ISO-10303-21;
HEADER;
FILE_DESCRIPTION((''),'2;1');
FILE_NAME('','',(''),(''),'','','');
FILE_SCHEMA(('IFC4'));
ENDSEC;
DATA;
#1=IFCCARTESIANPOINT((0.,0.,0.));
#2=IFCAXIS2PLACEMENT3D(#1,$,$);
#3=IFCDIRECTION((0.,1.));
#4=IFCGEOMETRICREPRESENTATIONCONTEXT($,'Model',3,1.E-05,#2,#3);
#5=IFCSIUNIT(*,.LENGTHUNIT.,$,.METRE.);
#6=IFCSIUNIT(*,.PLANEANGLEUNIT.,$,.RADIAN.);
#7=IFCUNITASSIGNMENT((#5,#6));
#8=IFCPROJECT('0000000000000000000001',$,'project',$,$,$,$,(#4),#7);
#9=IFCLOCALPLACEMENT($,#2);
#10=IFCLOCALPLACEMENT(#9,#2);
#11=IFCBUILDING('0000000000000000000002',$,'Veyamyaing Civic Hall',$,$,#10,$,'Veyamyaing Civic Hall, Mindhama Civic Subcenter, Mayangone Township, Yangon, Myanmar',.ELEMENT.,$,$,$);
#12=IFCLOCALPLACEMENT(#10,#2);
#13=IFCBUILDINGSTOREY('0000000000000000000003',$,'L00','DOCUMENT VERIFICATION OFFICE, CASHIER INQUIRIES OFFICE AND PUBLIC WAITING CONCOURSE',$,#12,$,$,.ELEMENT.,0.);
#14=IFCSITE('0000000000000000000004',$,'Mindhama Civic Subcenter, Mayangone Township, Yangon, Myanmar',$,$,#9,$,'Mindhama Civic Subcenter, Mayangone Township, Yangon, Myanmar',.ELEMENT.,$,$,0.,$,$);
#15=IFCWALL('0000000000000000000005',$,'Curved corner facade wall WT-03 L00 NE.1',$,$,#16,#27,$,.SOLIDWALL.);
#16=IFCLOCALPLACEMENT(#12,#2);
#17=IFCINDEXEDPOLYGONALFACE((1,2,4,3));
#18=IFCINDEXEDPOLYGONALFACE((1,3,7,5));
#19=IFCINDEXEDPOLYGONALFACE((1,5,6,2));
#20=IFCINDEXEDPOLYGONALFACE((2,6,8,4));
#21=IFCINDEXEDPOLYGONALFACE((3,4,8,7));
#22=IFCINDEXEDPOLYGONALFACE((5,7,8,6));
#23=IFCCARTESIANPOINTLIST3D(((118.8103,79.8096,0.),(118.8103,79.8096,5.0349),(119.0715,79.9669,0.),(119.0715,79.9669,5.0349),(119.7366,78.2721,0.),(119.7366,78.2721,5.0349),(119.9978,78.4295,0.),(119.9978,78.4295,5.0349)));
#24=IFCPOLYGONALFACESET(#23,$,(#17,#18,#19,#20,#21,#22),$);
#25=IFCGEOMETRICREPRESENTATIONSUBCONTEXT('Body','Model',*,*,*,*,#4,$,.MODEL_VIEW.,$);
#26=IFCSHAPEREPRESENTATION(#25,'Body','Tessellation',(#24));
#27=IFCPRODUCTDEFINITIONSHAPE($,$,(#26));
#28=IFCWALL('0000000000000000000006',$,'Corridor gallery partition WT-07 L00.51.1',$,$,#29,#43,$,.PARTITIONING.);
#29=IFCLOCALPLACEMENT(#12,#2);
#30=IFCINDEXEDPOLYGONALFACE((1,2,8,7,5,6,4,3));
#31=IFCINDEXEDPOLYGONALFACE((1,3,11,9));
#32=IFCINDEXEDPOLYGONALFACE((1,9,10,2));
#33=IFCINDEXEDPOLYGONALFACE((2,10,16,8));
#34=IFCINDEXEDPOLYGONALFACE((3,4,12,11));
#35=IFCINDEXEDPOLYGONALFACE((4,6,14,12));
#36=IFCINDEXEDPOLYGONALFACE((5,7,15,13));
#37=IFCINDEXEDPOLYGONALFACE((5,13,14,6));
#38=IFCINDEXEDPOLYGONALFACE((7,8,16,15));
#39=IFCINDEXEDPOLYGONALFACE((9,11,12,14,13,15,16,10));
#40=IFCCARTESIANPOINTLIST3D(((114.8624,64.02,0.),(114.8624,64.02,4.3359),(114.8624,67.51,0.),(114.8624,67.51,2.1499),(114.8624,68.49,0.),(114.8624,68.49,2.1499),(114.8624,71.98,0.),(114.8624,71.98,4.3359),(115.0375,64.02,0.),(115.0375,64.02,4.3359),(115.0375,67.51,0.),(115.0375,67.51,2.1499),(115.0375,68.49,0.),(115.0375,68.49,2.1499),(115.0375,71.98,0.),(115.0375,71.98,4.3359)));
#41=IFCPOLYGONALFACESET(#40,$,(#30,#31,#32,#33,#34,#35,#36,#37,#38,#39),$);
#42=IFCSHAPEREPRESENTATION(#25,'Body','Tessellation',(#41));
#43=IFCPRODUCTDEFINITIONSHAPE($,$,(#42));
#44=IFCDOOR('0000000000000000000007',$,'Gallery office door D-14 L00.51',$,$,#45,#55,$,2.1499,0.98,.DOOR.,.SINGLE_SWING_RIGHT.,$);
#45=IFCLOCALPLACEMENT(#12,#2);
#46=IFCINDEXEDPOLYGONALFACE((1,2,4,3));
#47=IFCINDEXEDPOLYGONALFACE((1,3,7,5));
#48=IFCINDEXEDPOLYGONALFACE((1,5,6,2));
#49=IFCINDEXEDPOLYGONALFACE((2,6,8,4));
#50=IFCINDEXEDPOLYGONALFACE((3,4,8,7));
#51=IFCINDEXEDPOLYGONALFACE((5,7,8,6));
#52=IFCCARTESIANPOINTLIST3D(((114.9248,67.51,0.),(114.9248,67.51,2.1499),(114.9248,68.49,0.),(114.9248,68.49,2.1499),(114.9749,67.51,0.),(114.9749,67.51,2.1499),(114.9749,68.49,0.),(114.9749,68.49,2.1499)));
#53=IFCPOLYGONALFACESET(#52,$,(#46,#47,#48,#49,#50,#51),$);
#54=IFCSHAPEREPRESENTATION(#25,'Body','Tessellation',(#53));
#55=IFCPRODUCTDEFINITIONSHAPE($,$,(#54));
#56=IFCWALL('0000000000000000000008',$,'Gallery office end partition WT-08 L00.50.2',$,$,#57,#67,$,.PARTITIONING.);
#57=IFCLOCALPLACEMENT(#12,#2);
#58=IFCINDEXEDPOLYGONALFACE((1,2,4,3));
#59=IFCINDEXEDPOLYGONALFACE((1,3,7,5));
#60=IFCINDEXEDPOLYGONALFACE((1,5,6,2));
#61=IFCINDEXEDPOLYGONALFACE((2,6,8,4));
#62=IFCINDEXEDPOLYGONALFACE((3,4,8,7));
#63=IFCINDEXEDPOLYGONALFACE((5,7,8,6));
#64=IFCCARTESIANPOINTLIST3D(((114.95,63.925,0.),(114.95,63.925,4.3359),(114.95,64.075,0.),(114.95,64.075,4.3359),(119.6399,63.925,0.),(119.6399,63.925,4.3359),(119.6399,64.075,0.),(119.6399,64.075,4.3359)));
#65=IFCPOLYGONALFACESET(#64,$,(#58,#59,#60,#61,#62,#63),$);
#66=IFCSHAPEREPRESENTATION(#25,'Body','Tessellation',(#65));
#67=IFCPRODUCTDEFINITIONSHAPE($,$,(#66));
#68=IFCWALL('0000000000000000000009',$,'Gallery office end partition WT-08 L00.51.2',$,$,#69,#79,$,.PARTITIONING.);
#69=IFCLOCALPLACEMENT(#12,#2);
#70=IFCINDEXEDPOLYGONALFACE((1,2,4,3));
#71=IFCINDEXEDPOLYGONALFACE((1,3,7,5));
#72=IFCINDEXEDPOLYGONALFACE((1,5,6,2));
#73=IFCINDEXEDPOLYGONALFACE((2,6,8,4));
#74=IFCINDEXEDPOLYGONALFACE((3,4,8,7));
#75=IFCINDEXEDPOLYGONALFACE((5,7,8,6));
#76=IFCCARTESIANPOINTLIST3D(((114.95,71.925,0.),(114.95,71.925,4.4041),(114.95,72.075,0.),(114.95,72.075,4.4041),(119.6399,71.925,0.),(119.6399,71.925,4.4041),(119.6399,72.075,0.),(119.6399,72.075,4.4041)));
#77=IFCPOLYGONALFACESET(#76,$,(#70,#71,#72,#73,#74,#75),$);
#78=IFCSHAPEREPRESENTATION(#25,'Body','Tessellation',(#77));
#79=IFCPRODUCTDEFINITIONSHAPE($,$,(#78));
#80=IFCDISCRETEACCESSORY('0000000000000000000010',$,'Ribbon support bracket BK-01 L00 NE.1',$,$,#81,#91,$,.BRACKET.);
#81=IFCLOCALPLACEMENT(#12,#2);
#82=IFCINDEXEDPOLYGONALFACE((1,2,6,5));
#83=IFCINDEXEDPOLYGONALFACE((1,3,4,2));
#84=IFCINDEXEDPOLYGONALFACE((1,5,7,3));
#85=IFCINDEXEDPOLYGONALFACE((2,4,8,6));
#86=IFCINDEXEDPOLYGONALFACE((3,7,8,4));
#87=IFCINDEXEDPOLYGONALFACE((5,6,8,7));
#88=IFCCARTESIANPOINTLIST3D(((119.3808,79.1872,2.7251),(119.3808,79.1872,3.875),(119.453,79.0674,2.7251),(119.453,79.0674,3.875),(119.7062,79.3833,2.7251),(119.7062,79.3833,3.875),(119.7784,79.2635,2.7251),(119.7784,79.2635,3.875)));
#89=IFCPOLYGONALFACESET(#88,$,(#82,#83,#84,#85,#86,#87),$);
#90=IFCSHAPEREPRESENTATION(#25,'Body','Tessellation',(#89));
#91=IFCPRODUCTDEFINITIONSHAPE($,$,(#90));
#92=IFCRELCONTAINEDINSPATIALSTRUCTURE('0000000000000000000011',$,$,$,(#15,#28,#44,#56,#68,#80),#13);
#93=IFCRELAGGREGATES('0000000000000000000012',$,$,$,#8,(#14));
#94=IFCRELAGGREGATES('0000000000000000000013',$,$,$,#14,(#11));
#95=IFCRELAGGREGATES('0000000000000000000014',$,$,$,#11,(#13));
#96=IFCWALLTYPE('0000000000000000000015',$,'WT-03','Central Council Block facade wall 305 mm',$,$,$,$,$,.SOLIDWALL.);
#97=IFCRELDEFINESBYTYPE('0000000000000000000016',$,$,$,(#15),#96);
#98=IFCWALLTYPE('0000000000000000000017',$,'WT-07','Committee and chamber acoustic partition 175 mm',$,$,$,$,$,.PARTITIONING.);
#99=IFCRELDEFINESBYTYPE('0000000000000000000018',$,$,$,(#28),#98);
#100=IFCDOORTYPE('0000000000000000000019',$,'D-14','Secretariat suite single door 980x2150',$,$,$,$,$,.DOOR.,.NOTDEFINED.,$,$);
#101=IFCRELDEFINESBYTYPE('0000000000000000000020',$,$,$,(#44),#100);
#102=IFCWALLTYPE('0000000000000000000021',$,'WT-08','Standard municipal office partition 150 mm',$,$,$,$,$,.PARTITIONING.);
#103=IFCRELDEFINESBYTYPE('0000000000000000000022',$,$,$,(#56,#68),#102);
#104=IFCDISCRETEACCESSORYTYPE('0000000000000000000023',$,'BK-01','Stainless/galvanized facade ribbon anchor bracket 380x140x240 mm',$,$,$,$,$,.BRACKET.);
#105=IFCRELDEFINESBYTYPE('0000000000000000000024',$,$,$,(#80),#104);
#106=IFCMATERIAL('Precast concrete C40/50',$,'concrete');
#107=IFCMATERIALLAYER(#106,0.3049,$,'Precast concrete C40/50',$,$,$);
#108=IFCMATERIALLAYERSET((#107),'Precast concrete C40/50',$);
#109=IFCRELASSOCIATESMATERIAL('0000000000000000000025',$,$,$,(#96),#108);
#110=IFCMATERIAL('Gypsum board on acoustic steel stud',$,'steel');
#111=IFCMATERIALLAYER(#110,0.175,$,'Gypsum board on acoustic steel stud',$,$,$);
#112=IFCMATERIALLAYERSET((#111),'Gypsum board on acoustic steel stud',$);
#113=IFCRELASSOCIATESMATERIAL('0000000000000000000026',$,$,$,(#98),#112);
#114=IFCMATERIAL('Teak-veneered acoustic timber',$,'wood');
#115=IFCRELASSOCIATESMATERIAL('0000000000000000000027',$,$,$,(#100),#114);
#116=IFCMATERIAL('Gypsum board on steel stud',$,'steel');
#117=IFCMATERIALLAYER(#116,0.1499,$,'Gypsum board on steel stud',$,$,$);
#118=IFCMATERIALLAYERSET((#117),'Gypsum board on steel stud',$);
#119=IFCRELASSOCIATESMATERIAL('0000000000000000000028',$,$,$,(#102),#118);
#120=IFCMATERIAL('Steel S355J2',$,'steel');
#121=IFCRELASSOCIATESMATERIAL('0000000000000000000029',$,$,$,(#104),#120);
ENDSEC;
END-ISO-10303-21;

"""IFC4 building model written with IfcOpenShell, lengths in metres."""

from ifc_helpers import new_model, si_unit, direction, frame, frame_2d, origin, origin_2d, place, context, subcontext, project, spatial, rectangle, extrude, material, layer, layer_set, type_object, element, fill, save


model = new_model("IFC4")

# Units and contexts
model_context = context("Model", 3, precision=1e-05, world=origin(), true_north=direction((0.0, 1.0)))
body_context = subcontext(model_context, "Body", "Model", "MODEL_VIEW")
ifc_project = project(units=[si_unit("LENGTHUNIT", "METRE"), si_unit("PLANEANGLEUNIT", "RADIAN")], contexts=[model_context])

# Site, building, storey
site_placement = place(None, origin())
site = spatial("IfcSite", under=ifc_project, at=site_placement, Name="Mindhama Civic Subcenter, Mayangone Township, Yangon, Myanmar", LongName="Mindhama Civic Subcenter, Mayangone Township, Yangon, Myanmar", CompositionType="ELEMENT", RefElevation=0.0)
building_placement = place(site_placement, origin())
building = spatial("IfcBuilding", under=site, at=building_placement, Name="Veyamyaing Civic Hall", LongName="Veyamyaing Civic Hall, Mindhama Civic Subcenter, Mayangone Township, Yangon, Myanmar", CompositionType="ELEMENT")
storey_placement = place(building_placement, origin())
storey = spatial("IfcBuildingStorey", under=building, at=storey_placement, Name="L00", Description="DOCUMENT VERIFICATION OFFICE, CASHIER INQUIRIES OFFICE AND PUBLIC WAITING CONCOURSE", CompositionType="ELEMENT", Elevation=0.0)

# Wall
ifc_material_1 = material(Name="Precast concrete C40/50", Category="concrete")
ifc_layer_1 = layer(ifc_material_1, 0.3049, Name="Precast concrete C40/50")
ifc_layer_set_1 = layer_set([ifc_layer_1], Name="Precast concrete C40/50")
wall_type_1 = type_object("IfcWallType", Name="WT-03", Description="Central Council Block facade wall 305 mm", PredefinedType="SOLIDWALL", material=ifc_layer_set_1)
wall_1_placement = place(storey_placement, frame((119.8672, 78.3508, 0.0), z_axis=(0.0, 0.0, 1.0), x_axis=(-0.516075, 0.856543, 0.0)))
element("IfcWall", 1, at=wall_1_placement, inside=storey, type_object=wall_type_1, Name="Curved corner facade wall WT-03 L00 NE.1", PredefinedType="SOLIDWALL", context=body_context, shape_type="SweptSolid", body=[
    extrude(rectangle(XDim=1.7949, YDim=0.3049, at=frame_2d((0.8975, 0.0))), origin(), (0.0, 0.0, 1.0), 5.0349),
])

# Wall, opening, door
ifc_material_2 = material(Name="Gypsum board on acoustic steel stud", Category="steel")
ifc_layer_2 = layer(ifc_material_2, 0.175, Name="Gypsum board on acoustic steel stud")
ifc_layer_set_2 = layer_set([ifc_layer_2], Name="Gypsum board on acoustic steel stud")
wall_type_2 = type_object("IfcWallType", Name="WT-07", Description="Committee and chamber acoustic partition 175 mm", PredefinedType="PARTITIONING", material=ifc_layer_set_2)
wall_2_placement = place(storey_placement, frame((114.95, 64.02, 0.0), z_axis=(0.0, 0.0, 1.0), x_axis=(0.0, 1.0, 0.0)))
wall_2 = element("IfcWall", 2, at=wall_2_placement, inside=storey, type_object=wall_type_2, Name="Corridor gallery partition WT-07 L00.51.1", PredefinedType="PARTITIONING", context=body_context, shape_type="SweptSolid", body=[
    extrude(rectangle(XDim=7.96, YDim=0.175, at=frame_2d((3.98, 0.0))), origin(), (0.0, 0.0, 1.0), 4.3359),
])
opening_placement = place(wall_2_placement, frame((3.49, 0.0, 0.0)))
opening = element("IfcOpeningElement", 3, at=opening_placement, cuts=wall_2, PredefinedType="OPENING", context=body_context, shape_type="SweptSolid", body=[
    extrude(rectangle(XDim=0.98, YDim=2.1499, at=frame_2d((0.49, 1.075))), frame((0.0, 0.0974, 0.0), z_axis=(0.0, -1.0, 0.0), x_axis=(1.0, 0.0, 0.0)), (0.0, 0.0, 1.0), 0.1951),
])
ifc_material_3 = material(Name="Teak-veneered acoustic timber", Category="wood")
door_type = type_object("IfcDoorType", Name="D-14", Description="Secretariat suite single door 980x2150", OperationType="NOTDEFINED", PredefinedType="DOOR", material=ifc_material_3)
door_placement = place(opening_placement, frame((0.98, 0.0, 0.0), z_axis=(0.0, 0.0, 1.0), x_axis=(-1.0, 0.0, 0.0)))
door = element("IfcDoor", 4, at=door_placement, inside=storey, type_object=door_type, Name="Gallery office door D-14 L00.51", OperationType="SINGLE_SWING_RIGHT", OverallHeight=2.1499, OverallWidth=0.98, PredefinedType="DOOR", context=body_context, shape_type="SweptSolid", body=[
    extrude(rectangle(XDim=0.98, YDim=2.1499, at=frame_2d((0.49, 1.075))), frame((0.0, 0.0249, 0.0), z_axis=(0.0, -1.0, 0.0), x_axis=(1.0, 0.0, 0.0)), (0.0, 0.0, 1.0), 0.05),
])
fill(opening, door)

# Walls
ifc_material_4 = material(Name="Gypsum board on steel stud", Category="steel")
ifc_layer_3 = layer(ifc_material_4, 0.1499, Name="Gypsum board on steel stud")
ifc_layer_set_3 = layer_set([ifc_layer_3], Name="Gypsum board on steel stud")
wall_type_3 = type_object("IfcWallType", Name="WT-08", Description="Standard municipal office partition 150 mm", PredefinedType="PARTITIONING", material=ifc_layer_set_3)
wall_3_placement = place(storey_placement, frame((114.95, 64.0, 0.0), z_axis=(0.0, 0.0, 1.0), x_axis=(1.0, 0.0, 0.0)))
element("IfcWall", 5, at=wall_3_placement, inside=storey, type_object=wall_type_3, Name="Gallery office end partition WT-08 L00.50.2", PredefinedType="PARTITIONING", context=body_context, shape_type="SweptSolid", body=[
    extrude(rectangle(XDim=4.6899, YDim=0.1499, at=frame_2d((2.345, 0.0))), origin(), (0.0, 0.0, 1.0), 4.3359),
])
wall_4_placement = place(storey_placement, frame((114.95, 72.0, 0.0), z_axis=(0.0, 0.0, 1.0), x_axis=(1.0, 0.0, 0.0)))
element("IfcWall", 6, at=wall_4_placement, inside=storey, type_object=wall_type_3, Name="Gallery office end partition WT-08 L00.51.2", PredefinedType="PARTITIONING", context=body_context, shape_type="SweptSolid", body=[
    extrude(rectangle(XDim=4.6899, YDim=0.1499, at=frame_2d((2.345, 0.0))), origin(), (0.0, 0.0, 1.0), 4.4041),
])

# Discrete accessory
ifc_material_5 = material(Name="Steel S355J2", Category="steel")
discrete_accessory_type = type_object("IfcDiscreteAccessoryType", Name="BK-01", Description="Stainless/galvanized facade ribbon anchor bracket 380x140x240 mm", PredefinedType="BRACKET", material=ifc_material_5)
discrete_accessory_placement = place(storey_placement, frame((119.5796, 79.2253, 2.7251), z_axis=(0.0, 0.0, 1.0), x_axis=(0.856525, 0.516106, 0.0)))
element("IfcDiscreteAccessory", 7, at=discrete_accessory_placement, inside=storey, type_object=discrete_accessory_type, Name="Ribbon support bracket BK-01 L00 NE.1", PredefinedType="BRACKET", context=body_context, shape_type="SweptSolid", body=[
    extrude(rectangle(XDim=0.3799, YDim=0.1399, at=origin_2d()), origin(), (0.0, 0.0, 1.0), 1.1499),
])

save(model, "model.ifc")
